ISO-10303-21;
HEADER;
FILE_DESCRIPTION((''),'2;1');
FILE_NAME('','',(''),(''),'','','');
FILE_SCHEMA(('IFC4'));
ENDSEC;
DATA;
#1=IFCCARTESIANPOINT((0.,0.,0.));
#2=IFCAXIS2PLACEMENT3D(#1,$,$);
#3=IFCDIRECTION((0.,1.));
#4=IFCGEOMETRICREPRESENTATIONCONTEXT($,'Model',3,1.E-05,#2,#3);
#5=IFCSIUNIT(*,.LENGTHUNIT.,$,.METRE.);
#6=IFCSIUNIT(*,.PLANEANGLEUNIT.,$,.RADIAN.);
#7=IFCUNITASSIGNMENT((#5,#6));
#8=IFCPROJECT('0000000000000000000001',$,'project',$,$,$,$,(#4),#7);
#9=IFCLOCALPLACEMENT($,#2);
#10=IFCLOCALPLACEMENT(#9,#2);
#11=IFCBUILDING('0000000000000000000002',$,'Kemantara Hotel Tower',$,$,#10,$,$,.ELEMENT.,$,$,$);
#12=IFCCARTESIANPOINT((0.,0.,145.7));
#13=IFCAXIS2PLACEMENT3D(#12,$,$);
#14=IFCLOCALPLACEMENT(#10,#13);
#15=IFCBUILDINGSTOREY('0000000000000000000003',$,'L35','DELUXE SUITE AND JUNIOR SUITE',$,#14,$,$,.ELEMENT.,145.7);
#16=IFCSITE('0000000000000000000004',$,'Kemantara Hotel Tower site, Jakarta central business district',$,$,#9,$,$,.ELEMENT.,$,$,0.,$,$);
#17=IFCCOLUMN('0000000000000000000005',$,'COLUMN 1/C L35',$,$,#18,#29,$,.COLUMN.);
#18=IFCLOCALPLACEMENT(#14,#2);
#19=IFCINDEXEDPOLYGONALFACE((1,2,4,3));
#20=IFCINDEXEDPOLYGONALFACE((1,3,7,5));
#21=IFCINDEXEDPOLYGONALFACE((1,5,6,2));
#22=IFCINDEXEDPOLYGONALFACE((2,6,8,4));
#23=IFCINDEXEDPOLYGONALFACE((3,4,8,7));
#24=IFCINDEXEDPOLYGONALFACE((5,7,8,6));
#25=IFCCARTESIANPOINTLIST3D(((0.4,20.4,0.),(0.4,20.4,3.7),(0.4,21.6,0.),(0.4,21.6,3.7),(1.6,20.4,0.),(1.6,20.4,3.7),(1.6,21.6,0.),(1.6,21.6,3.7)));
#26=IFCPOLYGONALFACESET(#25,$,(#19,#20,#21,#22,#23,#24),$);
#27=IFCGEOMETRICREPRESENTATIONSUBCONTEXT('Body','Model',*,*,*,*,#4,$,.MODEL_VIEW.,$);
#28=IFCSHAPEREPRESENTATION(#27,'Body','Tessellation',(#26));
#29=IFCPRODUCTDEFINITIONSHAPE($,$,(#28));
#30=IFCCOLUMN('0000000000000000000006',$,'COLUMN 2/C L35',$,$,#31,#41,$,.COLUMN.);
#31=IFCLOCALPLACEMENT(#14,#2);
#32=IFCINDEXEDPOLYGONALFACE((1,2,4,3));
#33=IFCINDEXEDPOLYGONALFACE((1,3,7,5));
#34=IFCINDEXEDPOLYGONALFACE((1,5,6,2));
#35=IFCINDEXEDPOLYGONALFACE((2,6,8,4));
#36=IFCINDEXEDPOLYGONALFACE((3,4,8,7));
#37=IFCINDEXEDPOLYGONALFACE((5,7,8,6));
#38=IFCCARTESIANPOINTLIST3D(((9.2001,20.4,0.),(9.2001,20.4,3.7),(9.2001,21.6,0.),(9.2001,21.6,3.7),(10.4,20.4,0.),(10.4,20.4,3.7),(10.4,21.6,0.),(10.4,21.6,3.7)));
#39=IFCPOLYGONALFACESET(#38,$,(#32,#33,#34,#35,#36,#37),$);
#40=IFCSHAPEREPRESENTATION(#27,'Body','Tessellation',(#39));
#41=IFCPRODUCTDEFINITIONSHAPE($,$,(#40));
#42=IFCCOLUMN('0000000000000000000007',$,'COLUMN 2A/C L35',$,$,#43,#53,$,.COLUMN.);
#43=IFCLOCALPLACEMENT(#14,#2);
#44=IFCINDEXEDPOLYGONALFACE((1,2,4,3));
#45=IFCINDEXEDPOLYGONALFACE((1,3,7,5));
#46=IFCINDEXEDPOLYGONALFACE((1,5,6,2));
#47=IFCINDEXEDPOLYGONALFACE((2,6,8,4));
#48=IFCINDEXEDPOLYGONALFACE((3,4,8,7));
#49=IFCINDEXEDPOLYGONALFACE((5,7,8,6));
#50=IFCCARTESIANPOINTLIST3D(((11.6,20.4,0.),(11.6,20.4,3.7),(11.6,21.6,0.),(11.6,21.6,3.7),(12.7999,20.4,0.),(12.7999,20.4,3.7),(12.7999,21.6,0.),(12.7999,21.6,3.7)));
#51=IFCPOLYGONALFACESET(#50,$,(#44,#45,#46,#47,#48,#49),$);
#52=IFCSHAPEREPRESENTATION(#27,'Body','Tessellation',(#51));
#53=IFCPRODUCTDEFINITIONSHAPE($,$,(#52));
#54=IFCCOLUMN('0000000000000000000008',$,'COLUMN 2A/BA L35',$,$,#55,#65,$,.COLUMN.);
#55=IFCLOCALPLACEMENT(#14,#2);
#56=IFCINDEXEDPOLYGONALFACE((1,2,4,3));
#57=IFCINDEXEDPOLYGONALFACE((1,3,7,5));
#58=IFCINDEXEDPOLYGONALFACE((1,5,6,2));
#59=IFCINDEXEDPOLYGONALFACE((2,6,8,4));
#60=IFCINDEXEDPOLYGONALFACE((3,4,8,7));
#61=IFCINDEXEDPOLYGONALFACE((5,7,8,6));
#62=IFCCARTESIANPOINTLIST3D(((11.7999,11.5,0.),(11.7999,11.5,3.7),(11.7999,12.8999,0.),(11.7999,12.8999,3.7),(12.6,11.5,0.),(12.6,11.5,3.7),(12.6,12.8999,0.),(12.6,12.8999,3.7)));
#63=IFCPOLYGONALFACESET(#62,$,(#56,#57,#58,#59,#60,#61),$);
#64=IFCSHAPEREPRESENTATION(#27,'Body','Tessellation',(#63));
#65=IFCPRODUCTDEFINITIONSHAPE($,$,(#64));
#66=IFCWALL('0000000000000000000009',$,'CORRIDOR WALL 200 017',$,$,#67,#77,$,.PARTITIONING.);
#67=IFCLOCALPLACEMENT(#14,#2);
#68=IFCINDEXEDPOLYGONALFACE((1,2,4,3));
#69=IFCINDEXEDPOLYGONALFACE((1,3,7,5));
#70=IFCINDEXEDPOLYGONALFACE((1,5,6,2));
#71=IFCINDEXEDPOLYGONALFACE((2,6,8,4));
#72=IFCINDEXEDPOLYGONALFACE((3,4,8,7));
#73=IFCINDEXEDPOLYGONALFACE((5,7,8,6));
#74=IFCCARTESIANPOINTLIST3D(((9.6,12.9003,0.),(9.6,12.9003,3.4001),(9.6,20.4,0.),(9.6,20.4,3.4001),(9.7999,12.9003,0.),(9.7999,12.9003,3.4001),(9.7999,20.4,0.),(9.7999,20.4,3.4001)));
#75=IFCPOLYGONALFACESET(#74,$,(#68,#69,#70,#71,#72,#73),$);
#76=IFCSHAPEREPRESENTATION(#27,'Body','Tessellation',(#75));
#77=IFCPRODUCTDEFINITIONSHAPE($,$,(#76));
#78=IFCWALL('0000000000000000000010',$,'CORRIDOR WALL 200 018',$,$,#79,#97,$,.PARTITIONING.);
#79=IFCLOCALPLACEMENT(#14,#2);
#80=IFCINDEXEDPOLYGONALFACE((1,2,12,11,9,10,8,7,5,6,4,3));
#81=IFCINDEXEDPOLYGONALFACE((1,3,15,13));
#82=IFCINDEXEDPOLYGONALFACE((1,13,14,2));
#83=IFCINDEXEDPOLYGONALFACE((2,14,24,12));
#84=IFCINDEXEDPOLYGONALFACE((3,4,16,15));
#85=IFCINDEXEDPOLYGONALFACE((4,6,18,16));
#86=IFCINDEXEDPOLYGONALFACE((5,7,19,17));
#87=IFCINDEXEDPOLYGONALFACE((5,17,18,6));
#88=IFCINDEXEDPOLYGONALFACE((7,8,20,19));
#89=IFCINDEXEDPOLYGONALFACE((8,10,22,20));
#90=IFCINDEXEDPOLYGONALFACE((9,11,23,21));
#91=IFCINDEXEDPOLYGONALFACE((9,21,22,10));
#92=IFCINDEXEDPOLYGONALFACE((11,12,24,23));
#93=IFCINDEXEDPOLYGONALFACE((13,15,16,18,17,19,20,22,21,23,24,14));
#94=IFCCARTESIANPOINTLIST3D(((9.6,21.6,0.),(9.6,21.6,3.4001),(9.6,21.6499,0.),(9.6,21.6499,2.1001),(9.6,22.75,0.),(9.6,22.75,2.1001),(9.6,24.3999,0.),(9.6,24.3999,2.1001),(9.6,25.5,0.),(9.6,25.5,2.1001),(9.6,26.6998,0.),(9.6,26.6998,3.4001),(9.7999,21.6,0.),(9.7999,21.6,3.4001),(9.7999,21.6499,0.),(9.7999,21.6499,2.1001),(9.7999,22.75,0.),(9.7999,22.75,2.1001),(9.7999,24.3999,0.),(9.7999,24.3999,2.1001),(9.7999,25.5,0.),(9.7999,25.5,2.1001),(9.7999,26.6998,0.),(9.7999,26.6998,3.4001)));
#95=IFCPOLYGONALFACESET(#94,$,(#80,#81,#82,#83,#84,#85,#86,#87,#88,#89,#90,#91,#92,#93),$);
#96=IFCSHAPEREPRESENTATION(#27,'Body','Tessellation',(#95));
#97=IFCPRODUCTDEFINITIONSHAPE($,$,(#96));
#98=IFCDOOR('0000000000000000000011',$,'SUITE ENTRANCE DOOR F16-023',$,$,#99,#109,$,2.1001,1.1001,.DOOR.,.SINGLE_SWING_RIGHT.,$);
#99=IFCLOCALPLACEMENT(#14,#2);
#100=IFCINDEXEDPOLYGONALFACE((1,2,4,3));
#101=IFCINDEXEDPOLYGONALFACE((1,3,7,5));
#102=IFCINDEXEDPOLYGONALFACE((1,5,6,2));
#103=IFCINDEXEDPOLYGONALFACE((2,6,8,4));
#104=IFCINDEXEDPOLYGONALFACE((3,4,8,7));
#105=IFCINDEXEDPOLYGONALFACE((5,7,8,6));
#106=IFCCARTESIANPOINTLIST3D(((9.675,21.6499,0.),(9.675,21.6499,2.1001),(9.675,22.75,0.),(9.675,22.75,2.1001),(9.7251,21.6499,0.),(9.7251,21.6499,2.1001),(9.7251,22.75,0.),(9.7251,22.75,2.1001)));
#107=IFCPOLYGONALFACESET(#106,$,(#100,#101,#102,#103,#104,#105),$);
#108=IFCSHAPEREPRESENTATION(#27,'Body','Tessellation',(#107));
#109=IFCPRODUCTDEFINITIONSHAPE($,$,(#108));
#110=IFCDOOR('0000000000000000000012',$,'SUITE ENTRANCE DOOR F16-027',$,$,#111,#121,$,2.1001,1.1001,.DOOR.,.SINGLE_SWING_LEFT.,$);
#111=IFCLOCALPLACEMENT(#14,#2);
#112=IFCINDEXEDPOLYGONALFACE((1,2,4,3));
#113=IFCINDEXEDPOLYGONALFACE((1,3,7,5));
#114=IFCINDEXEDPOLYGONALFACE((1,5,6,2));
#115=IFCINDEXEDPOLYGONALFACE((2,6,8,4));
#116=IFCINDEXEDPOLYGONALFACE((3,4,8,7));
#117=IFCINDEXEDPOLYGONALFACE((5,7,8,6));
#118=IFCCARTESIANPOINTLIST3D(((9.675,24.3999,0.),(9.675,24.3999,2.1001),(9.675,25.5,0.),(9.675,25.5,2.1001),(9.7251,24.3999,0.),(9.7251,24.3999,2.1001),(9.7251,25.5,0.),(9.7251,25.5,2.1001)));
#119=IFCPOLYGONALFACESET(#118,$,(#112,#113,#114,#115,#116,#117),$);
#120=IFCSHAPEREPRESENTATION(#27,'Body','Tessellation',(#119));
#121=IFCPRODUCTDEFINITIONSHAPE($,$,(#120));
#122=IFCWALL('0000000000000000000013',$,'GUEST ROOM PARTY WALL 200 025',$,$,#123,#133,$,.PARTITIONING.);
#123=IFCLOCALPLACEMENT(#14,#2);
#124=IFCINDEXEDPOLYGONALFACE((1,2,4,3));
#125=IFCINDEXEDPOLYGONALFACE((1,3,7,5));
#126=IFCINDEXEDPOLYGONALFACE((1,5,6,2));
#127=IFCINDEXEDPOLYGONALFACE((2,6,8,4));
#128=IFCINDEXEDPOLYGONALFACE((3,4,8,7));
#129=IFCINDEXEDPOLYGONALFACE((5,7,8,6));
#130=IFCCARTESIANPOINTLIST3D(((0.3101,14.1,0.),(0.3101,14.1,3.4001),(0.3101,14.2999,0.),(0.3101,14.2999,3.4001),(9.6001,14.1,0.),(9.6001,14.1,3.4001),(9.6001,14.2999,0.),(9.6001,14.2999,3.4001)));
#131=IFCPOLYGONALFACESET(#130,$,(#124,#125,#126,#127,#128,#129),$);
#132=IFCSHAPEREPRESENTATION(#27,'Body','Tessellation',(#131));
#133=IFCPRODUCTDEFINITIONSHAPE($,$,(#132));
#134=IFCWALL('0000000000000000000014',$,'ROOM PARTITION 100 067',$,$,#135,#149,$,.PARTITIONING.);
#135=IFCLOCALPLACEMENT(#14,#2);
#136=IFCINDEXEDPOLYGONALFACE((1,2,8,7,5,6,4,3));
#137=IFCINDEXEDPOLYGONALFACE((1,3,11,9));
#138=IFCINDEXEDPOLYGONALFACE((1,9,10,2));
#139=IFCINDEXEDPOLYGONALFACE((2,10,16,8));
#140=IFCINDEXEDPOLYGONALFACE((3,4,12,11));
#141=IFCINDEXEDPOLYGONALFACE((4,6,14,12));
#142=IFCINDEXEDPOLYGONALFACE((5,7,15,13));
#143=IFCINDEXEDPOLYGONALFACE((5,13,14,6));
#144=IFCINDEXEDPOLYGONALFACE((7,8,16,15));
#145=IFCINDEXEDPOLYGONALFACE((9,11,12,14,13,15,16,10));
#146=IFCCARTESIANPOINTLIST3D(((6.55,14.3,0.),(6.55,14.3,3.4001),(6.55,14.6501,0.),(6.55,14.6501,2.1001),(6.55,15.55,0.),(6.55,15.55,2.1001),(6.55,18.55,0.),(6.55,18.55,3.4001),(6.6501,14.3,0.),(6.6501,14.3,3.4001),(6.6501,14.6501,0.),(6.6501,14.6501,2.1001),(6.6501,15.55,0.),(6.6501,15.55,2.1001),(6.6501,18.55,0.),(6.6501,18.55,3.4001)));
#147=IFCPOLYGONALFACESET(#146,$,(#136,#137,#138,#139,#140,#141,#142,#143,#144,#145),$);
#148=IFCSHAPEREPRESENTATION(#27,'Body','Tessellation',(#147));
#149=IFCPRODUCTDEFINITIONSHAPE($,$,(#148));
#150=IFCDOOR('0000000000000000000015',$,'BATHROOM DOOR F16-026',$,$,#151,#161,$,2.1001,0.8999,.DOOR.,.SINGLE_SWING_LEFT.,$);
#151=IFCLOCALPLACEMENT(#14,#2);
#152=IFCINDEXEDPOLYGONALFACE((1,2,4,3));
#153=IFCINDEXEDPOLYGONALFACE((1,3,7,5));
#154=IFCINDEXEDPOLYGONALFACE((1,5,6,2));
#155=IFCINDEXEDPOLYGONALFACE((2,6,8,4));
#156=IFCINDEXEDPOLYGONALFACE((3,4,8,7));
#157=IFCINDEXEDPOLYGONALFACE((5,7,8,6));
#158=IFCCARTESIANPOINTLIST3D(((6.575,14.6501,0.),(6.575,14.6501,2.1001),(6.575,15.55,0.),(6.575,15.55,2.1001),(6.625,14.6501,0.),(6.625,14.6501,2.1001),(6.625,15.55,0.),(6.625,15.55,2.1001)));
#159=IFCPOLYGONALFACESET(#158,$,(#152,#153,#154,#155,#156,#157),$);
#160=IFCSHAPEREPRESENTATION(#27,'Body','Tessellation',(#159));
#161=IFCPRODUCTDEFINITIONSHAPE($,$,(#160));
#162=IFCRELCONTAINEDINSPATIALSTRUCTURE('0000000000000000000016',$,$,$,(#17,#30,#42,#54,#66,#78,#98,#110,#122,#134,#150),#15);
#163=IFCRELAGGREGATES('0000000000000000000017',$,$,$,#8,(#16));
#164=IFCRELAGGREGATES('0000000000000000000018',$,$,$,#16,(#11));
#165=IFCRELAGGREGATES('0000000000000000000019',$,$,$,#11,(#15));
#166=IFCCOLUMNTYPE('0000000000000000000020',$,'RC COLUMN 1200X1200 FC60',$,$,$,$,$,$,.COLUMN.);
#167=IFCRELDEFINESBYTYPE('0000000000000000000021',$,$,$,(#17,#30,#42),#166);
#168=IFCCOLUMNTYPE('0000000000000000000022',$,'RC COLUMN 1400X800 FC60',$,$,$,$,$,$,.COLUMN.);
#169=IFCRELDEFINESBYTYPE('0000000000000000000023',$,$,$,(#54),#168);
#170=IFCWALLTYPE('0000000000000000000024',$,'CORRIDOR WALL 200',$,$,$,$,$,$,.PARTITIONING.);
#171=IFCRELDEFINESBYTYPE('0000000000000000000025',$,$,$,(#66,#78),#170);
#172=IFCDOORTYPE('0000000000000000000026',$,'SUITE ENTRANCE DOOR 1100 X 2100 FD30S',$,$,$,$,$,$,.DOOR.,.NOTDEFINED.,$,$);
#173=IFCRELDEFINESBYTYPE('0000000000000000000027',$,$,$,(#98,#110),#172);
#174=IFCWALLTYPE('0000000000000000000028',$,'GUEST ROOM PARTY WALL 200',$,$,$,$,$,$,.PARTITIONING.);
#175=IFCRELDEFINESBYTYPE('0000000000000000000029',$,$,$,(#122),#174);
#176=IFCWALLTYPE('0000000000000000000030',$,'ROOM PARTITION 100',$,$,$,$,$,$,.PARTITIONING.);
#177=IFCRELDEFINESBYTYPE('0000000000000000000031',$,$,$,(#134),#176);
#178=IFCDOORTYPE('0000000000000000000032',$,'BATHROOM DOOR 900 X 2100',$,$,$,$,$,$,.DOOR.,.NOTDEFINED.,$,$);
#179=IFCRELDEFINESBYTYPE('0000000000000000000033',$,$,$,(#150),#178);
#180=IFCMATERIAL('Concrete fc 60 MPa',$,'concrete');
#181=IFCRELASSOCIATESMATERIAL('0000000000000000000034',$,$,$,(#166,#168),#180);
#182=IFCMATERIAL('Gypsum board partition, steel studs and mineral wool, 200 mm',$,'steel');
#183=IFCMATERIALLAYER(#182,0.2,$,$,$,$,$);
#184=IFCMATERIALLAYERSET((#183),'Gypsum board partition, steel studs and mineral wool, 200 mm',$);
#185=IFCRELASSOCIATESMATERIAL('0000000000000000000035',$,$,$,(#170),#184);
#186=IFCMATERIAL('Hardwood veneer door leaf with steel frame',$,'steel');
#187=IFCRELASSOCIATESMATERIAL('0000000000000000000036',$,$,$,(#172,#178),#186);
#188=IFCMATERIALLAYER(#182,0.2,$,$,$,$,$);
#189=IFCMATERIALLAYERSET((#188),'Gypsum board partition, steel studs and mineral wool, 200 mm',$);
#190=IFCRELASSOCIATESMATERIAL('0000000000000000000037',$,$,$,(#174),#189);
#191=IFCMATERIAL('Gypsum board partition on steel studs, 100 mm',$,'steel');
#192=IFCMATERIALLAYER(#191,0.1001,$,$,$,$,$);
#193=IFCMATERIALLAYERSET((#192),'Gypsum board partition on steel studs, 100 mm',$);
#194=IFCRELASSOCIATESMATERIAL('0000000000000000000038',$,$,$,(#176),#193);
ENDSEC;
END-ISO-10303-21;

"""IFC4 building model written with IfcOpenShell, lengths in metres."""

from ifc_helpers import new_model, si_unit, direction, frame, frame_2d, origin, origin_2d, place, context, subcontext, project, spatial, rectangle, extrude, material, layer, layer_set, material_profile, profile_set, type_object, element, fill, save


model = new_model("IFC4")

# Units and contexts
model_context = context("Model", 3, precision=1e-05, world=origin(), true_north=direction((0.0, 1.0)))
body_context = subcontext(model_context, "Body", "Model", "MODEL_VIEW")
ifc_project = project(units=[si_unit("LENGTHUNIT", "METRE"), si_unit("PLANEANGLEUNIT", "RADIAN")], contexts=[model_context])

# Site, building, storey
site_placement = place(None, origin())
site = spatial("IfcSite", under=ifc_project, at=site_placement, Name="Kemantara Hotel Tower site, Jakarta central business district", CompositionType="ELEMENT", RefElevation=0.0)
building_placement = place(site_placement, origin())
building = spatial("IfcBuilding", under=site, at=building_placement, Name="Kemantara Hotel Tower", CompositionType="ELEMENT")
storey_placement = place(building_placement, frame((0.0, 0.0, 145.7)))
storey = spatial("IfcBuildingStorey", under=building, at=storey_placement, Name="L35", Description="DELUXE SUITE AND JUNIOR SUITE", CompositionType="ELEMENT", Elevation=145.7)

# Columns
ifc_material_1 = material(Name="Concrete fc 60 MPa", Category="concrete")
ifc_material_profile_1 = material_profile(ifc_material_1, rectangle(XDim=1.2, YDim=1.2, at=origin_2d()), Name="RC 1200X1200")
ifc_profile_set_1 = profile_set([ifc_material_profile_1], Name="Concrete fc 60 MPa")
column_type_1 = type_object("IfcColumnType", Name="RC COLUMN 1200X1200 FC60", PredefinedType="COLUMN", material=ifc_profile_set_1)
for number, where, z_axis, x_axis, name in (
    (1, (1.0, 21.0, 0.0), (0.0, 0.0, 1.0), (1.0, 0.0, 0.0), "COLUMN 1/C L35"),
    (2, (9.8, 21.0, 0.0), (0.0, 0.0, 1.0), (1.0, 0.0, 0.0), "COLUMN 2/C L35"),
    (3, (12.2, 21.0, 0.0), (0.0, 0.0, 1.0), (1.0, 0.0, 0.0), "COLUMN 2A/C L35"),
):
    element("IfcColumn", number, at=place(storey_placement, frame(where, z_axis=z_axis, x_axis=x_axis)), inside=storey, type_object=column_type_1, Name=name, PredefinedType="COLUMN", context=body_context, shape_type="SweptSolid", body=[
        extrude(rectangle(XDim=1.2, YDim=1.2, at=origin_2d()), origin(), (0.0, 0.0, 1.0), 3.7),
    ])
ifc_material_profile_2 = material_profile(ifc_material_1, rectangle(XDim=1.3999, YDim=0.8, at=origin_2d()), Name="RC 1400X800")
ifc_profile_set_2 = profile_set([ifc_material_profile_2], Name="Concrete fc 60 MPa")
column_type_2 = type_object("IfcColumnType", Name="RC COLUMN 1400X800 FC60", PredefinedType="COLUMN", material=ifc_profile_set_2)
column_placement = place(storey_placement, frame((12.2, 12.2, 0.0), z_axis=(0.0, 0.0, 1.0), x_axis=(0.0, 1.0, 0.0)))
element("IfcColumn", 4, at=column_placement, inside=storey, type_object=column_type_2, Name="COLUMN 2A/BA L35", PredefinedType="COLUMN", context=body_context, shape_type="SweptSolid", body=[
    extrude(rectangle(XDim=1.3999, YDim=0.8, at=origin_2d()), origin(), (0.0, 0.0, 1.0), 3.7),
])

# Wall
ifc_material_2 = material(Name="Gypsum board partition, steel studs and mineral wool, 200 mm", Category="steel")
ifc_layer_1 = layer(ifc_material_2, 0.2)
ifc_layer_set_1 = layer_set([ifc_layer_1], Name="Gypsum board partition, steel studs and mineral wool, 200 mm")
wall_type_1 = type_object("IfcWallType", Name="CORRIDOR WALL 200", PredefinedType="PARTITIONING", material=ifc_layer_set_1)
wall_1_placement = place(storey_placement, frame((9.7, 12.9001, 0.0), z_axis=(0.0, 0.0, 1.0), x_axis=(0.0, 1.0, 0.0)))
element("IfcWall", 5, at=wall_1_placement, inside=storey, type_object=wall_type_1, Name="CORRIDOR WALL 200 017", PredefinedType="PARTITIONING", context=body_context, shape_type="SweptSolid", body=[
    extrude(rectangle(XDim=7.4998, YDim=0.2, at=frame_2d((3.75, 0.0))), origin(), (0.0, 0.0, 1.0), 3.4001),
])

# Wall, openings, doors
wall_2_placement = place(storey_placement, frame((9.7, 21.6001, 0.0), z_axis=(0.0, 0.0, 1.0), x_axis=(0.0, 1.0, 0.0)))
wall_2 = element("IfcWall", 6, at=wall_2_placement, inside=storey, type_object=wall_type_1, Name="CORRIDOR WALL 200 018", PredefinedType="PARTITIONING", context=body_context, shape_type="SweptSolid", body=[
    extrude(rectangle(XDim=5.0999, YDim=0.2, at=frame_2d((2.5498, 0.0))), origin(), (0.0, 0.0, 1.0), 3.4001),
])
opening_1_placement = place(wall_2_placement, frame((0.0498, 0.0, 0.0)))
opening_1 = element("IfcOpeningElement", 7, at=opening_1_placement, cuts=wall_2, PredefinedType="OPENING", context=body_context, shape_type="SweptSolid", body=[
    extrude(rectangle(XDim=1.1001, YDim=2.1001, at=frame_2d((0.55, 1.05))), frame((0.0, 0.1099, 0.0), z_axis=(0.0, -1.0, 0.0), x_axis=(1.0, 0.0, 0.0)), (0.0, 0.0, 1.0), 0.22),
])
opening_2_placement = place(wall_2_placement, frame((2.7998, 0.0, 0.0)))
opening_2 = element("IfcOpeningElement", 8, at=opening_2_placement, cuts=wall_2, PredefinedType="OPENING", context=body_context, shape_type="SweptSolid", body=[
    extrude(rectangle(XDim=1.1001, YDim=2.1001, at=frame_2d((0.55, 1.05))), frame((0.0, 0.1099, 0.0), z_axis=(0.0, -1.0, 0.0), x_axis=(1.0, 0.0, 0.0)), (0.0, 0.0, 1.0), 0.22),
])
ifc_material_3 = material(Name="Hardwood veneer door leaf with steel frame", Category="steel")
door_type_1 = type_object("IfcDoorType", Name="SUITE ENTRANCE DOOR 1100 X 2100 FD30S", OperationType="NOTDEFINED", PredefinedType="DOOR", material=ifc_material_3)
door_1_placement = place(opening_1_placement, origin())
door_1 = element("IfcDoor", 9, at=door_1_placement, inside=storey, type_object=door_type_1, Name="SUITE ENTRANCE DOOR F16-023", OperationType="SINGLE_SWING_RIGHT", OverallHeight=2.1001, OverallWidth=1.1001, PredefinedType="DOOR", context=body_context, shape_type="SweptSolid", body=[
    extrude(rectangle(XDim=1.1001, YDim=2.1001, at=frame_2d((0.55, 1.05))), frame((0.0, 0.0249, 0.0), z_axis=(0.0, -1.0, 0.0), x_axis=(1.0, 0.0, 0.0)), (0.0, 0.0, 1.0), 0.05),
])
fill(opening_1, door_1)
door_2_placement = place(opening_2_placement, origin())
door_2 = element("IfcDoor", 10, at=door_2_placement, inside=storey, type_object=door_type_1, Name="SUITE ENTRANCE DOOR F16-027", OperationType="SINGLE_SWING_LEFT", OverallHeight=2.1001, OverallWidth=1.1001, PredefinedType="DOOR", context=body_context, shape_type="SweptSolid", body=[
    extrude(rectangle(XDim=1.1001, YDim=2.1001, at=frame_2d((0.55, 1.05))), frame((0.0, 0.0249, 0.0), z_axis=(0.0, -1.0, 0.0), x_axis=(1.0, 0.0, 0.0)), (0.0, 0.0, 1.0), 0.05),
])
fill(opening_2, door_2)

# Wall
ifc_layer_2 = layer(ifc_material_2, 0.2)
ifc_layer_set_2 = layer_set([ifc_layer_2], Name="Gypsum board partition, steel studs and mineral wool, 200 mm")
wall_type_2 = type_object("IfcWallType", Name="GUEST ROOM PARTY WALL 200", PredefinedType="PARTITIONING", material=ifc_layer_set_2)
wall_3_placement = place(storey_placement, frame((0.3101, 14.2, 0.0), z_axis=(0.0, 0.0, 1.0), x_axis=(1.0, 0.0, 0.0)))
element("IfcWall", 11, at=wall_3_placement, inside=storey, type_object=wall_type_2, Name="GUEST ROOM PARTY WALL 200 025", PredefinedType="PARTITIONING", context=body_context, shape_type="SweptSolid", body=[
    extrude(rectangle(XDim=9.29, YDim=0.2, at=frame_2d((4.645, 0.0))), origin(), (0.0, 0.0, 1.0), 3.4001),
])

# Wall, opening, door
ifc_material_4 = material(Name="Gypsum board partition on steel studs, 100 mm", Category="steel")
ifc_layer_3 = layer(ifc_material_4, 0.1001)
ifc_layer_set_3 = layer_set([ifc_layer_3], Name="Gypsum board partition on steel studs, 100 mm")
wall_type_3 = type_object("IfcWallType", Name="ROOM PARTITION 100", PredefinedType="PARTITIONING", material=ifc_layer_set_3)
wall_4_placement = place(storey_placement, frame((6.6001, 18.55, 0.0), z_axis=(0.0, 0.0, 1.0), x_axis=(0.0, -1.0, 0.0)))
wall_4 = element("IfcWall", 12, at=wall_4_placement, inside=storey, type_object=wall_type_3, Name="ROOM PARTITION 100 067", PredefinedType="PARTITIONING", context=body_context, shape_type="SweptSolid", body=[
    extrude(rectangle(XDim=4.25, YDim=0.1001, at=frame_2d((2.125, 0.0))), origin(), (0.0, 0.0, 1.0), 3.4001),
])
opening_3_placement = place(wall_4_placement, frame((3.0, 0.0, 0.0)))
opening_3 = element("IfcOpeningElement", 13, at=opening_3_placement, cuts=wall_4, PredefinedType="OPENING", context=body_context, shape_type="SweptSolid", body=[
    extrude(rectangle(XDim=0.8999, YDim=2.1001, at=frame_2d((0.45, 1.05))), frame((0.0, 0.0601, 0.0), z_axis=(0.0, -1.0, 0.0), x_axis=(1.0, 0.0, 0.0)), (0.0, 0.0, 1.0), 0.1201),
])
door_type_2 = type_object("IfcDoorType", Name="BATHROOM DOOR 900 X 2100", OperationType="NOTDEFINED", PredefinedType="DOOR", material=ifc_material_3)
door_3_placement = place(opening_3_placement, origin())
door_3 = element("IfcDoor", 14, at=door_3_placement, inside=storey, type_object=door_type_2, Name="BATHROOM DOOR F16-026", OperationType="SINGLE_SWING_LEFT", OverallHeight=2.1001, OverallWidth=0.8999, PredefinedType="DOOR", context=body_context, shape_type="SweptSolid", body=[
    extrude(rectangle(XDim=0.8999, YDim=2.1001, at=frame_2d((0.45, 1.05))), frame((0.0, 0.0249, 0.0), z_axis=(0.0, -1.0, 0.0), x_axis=(1.0, 0.0, 0.0)), (0.0, 0.0, 1.0), 0.05),
])
fill(opening_3, door_3)

save(model, "model.ifc")
